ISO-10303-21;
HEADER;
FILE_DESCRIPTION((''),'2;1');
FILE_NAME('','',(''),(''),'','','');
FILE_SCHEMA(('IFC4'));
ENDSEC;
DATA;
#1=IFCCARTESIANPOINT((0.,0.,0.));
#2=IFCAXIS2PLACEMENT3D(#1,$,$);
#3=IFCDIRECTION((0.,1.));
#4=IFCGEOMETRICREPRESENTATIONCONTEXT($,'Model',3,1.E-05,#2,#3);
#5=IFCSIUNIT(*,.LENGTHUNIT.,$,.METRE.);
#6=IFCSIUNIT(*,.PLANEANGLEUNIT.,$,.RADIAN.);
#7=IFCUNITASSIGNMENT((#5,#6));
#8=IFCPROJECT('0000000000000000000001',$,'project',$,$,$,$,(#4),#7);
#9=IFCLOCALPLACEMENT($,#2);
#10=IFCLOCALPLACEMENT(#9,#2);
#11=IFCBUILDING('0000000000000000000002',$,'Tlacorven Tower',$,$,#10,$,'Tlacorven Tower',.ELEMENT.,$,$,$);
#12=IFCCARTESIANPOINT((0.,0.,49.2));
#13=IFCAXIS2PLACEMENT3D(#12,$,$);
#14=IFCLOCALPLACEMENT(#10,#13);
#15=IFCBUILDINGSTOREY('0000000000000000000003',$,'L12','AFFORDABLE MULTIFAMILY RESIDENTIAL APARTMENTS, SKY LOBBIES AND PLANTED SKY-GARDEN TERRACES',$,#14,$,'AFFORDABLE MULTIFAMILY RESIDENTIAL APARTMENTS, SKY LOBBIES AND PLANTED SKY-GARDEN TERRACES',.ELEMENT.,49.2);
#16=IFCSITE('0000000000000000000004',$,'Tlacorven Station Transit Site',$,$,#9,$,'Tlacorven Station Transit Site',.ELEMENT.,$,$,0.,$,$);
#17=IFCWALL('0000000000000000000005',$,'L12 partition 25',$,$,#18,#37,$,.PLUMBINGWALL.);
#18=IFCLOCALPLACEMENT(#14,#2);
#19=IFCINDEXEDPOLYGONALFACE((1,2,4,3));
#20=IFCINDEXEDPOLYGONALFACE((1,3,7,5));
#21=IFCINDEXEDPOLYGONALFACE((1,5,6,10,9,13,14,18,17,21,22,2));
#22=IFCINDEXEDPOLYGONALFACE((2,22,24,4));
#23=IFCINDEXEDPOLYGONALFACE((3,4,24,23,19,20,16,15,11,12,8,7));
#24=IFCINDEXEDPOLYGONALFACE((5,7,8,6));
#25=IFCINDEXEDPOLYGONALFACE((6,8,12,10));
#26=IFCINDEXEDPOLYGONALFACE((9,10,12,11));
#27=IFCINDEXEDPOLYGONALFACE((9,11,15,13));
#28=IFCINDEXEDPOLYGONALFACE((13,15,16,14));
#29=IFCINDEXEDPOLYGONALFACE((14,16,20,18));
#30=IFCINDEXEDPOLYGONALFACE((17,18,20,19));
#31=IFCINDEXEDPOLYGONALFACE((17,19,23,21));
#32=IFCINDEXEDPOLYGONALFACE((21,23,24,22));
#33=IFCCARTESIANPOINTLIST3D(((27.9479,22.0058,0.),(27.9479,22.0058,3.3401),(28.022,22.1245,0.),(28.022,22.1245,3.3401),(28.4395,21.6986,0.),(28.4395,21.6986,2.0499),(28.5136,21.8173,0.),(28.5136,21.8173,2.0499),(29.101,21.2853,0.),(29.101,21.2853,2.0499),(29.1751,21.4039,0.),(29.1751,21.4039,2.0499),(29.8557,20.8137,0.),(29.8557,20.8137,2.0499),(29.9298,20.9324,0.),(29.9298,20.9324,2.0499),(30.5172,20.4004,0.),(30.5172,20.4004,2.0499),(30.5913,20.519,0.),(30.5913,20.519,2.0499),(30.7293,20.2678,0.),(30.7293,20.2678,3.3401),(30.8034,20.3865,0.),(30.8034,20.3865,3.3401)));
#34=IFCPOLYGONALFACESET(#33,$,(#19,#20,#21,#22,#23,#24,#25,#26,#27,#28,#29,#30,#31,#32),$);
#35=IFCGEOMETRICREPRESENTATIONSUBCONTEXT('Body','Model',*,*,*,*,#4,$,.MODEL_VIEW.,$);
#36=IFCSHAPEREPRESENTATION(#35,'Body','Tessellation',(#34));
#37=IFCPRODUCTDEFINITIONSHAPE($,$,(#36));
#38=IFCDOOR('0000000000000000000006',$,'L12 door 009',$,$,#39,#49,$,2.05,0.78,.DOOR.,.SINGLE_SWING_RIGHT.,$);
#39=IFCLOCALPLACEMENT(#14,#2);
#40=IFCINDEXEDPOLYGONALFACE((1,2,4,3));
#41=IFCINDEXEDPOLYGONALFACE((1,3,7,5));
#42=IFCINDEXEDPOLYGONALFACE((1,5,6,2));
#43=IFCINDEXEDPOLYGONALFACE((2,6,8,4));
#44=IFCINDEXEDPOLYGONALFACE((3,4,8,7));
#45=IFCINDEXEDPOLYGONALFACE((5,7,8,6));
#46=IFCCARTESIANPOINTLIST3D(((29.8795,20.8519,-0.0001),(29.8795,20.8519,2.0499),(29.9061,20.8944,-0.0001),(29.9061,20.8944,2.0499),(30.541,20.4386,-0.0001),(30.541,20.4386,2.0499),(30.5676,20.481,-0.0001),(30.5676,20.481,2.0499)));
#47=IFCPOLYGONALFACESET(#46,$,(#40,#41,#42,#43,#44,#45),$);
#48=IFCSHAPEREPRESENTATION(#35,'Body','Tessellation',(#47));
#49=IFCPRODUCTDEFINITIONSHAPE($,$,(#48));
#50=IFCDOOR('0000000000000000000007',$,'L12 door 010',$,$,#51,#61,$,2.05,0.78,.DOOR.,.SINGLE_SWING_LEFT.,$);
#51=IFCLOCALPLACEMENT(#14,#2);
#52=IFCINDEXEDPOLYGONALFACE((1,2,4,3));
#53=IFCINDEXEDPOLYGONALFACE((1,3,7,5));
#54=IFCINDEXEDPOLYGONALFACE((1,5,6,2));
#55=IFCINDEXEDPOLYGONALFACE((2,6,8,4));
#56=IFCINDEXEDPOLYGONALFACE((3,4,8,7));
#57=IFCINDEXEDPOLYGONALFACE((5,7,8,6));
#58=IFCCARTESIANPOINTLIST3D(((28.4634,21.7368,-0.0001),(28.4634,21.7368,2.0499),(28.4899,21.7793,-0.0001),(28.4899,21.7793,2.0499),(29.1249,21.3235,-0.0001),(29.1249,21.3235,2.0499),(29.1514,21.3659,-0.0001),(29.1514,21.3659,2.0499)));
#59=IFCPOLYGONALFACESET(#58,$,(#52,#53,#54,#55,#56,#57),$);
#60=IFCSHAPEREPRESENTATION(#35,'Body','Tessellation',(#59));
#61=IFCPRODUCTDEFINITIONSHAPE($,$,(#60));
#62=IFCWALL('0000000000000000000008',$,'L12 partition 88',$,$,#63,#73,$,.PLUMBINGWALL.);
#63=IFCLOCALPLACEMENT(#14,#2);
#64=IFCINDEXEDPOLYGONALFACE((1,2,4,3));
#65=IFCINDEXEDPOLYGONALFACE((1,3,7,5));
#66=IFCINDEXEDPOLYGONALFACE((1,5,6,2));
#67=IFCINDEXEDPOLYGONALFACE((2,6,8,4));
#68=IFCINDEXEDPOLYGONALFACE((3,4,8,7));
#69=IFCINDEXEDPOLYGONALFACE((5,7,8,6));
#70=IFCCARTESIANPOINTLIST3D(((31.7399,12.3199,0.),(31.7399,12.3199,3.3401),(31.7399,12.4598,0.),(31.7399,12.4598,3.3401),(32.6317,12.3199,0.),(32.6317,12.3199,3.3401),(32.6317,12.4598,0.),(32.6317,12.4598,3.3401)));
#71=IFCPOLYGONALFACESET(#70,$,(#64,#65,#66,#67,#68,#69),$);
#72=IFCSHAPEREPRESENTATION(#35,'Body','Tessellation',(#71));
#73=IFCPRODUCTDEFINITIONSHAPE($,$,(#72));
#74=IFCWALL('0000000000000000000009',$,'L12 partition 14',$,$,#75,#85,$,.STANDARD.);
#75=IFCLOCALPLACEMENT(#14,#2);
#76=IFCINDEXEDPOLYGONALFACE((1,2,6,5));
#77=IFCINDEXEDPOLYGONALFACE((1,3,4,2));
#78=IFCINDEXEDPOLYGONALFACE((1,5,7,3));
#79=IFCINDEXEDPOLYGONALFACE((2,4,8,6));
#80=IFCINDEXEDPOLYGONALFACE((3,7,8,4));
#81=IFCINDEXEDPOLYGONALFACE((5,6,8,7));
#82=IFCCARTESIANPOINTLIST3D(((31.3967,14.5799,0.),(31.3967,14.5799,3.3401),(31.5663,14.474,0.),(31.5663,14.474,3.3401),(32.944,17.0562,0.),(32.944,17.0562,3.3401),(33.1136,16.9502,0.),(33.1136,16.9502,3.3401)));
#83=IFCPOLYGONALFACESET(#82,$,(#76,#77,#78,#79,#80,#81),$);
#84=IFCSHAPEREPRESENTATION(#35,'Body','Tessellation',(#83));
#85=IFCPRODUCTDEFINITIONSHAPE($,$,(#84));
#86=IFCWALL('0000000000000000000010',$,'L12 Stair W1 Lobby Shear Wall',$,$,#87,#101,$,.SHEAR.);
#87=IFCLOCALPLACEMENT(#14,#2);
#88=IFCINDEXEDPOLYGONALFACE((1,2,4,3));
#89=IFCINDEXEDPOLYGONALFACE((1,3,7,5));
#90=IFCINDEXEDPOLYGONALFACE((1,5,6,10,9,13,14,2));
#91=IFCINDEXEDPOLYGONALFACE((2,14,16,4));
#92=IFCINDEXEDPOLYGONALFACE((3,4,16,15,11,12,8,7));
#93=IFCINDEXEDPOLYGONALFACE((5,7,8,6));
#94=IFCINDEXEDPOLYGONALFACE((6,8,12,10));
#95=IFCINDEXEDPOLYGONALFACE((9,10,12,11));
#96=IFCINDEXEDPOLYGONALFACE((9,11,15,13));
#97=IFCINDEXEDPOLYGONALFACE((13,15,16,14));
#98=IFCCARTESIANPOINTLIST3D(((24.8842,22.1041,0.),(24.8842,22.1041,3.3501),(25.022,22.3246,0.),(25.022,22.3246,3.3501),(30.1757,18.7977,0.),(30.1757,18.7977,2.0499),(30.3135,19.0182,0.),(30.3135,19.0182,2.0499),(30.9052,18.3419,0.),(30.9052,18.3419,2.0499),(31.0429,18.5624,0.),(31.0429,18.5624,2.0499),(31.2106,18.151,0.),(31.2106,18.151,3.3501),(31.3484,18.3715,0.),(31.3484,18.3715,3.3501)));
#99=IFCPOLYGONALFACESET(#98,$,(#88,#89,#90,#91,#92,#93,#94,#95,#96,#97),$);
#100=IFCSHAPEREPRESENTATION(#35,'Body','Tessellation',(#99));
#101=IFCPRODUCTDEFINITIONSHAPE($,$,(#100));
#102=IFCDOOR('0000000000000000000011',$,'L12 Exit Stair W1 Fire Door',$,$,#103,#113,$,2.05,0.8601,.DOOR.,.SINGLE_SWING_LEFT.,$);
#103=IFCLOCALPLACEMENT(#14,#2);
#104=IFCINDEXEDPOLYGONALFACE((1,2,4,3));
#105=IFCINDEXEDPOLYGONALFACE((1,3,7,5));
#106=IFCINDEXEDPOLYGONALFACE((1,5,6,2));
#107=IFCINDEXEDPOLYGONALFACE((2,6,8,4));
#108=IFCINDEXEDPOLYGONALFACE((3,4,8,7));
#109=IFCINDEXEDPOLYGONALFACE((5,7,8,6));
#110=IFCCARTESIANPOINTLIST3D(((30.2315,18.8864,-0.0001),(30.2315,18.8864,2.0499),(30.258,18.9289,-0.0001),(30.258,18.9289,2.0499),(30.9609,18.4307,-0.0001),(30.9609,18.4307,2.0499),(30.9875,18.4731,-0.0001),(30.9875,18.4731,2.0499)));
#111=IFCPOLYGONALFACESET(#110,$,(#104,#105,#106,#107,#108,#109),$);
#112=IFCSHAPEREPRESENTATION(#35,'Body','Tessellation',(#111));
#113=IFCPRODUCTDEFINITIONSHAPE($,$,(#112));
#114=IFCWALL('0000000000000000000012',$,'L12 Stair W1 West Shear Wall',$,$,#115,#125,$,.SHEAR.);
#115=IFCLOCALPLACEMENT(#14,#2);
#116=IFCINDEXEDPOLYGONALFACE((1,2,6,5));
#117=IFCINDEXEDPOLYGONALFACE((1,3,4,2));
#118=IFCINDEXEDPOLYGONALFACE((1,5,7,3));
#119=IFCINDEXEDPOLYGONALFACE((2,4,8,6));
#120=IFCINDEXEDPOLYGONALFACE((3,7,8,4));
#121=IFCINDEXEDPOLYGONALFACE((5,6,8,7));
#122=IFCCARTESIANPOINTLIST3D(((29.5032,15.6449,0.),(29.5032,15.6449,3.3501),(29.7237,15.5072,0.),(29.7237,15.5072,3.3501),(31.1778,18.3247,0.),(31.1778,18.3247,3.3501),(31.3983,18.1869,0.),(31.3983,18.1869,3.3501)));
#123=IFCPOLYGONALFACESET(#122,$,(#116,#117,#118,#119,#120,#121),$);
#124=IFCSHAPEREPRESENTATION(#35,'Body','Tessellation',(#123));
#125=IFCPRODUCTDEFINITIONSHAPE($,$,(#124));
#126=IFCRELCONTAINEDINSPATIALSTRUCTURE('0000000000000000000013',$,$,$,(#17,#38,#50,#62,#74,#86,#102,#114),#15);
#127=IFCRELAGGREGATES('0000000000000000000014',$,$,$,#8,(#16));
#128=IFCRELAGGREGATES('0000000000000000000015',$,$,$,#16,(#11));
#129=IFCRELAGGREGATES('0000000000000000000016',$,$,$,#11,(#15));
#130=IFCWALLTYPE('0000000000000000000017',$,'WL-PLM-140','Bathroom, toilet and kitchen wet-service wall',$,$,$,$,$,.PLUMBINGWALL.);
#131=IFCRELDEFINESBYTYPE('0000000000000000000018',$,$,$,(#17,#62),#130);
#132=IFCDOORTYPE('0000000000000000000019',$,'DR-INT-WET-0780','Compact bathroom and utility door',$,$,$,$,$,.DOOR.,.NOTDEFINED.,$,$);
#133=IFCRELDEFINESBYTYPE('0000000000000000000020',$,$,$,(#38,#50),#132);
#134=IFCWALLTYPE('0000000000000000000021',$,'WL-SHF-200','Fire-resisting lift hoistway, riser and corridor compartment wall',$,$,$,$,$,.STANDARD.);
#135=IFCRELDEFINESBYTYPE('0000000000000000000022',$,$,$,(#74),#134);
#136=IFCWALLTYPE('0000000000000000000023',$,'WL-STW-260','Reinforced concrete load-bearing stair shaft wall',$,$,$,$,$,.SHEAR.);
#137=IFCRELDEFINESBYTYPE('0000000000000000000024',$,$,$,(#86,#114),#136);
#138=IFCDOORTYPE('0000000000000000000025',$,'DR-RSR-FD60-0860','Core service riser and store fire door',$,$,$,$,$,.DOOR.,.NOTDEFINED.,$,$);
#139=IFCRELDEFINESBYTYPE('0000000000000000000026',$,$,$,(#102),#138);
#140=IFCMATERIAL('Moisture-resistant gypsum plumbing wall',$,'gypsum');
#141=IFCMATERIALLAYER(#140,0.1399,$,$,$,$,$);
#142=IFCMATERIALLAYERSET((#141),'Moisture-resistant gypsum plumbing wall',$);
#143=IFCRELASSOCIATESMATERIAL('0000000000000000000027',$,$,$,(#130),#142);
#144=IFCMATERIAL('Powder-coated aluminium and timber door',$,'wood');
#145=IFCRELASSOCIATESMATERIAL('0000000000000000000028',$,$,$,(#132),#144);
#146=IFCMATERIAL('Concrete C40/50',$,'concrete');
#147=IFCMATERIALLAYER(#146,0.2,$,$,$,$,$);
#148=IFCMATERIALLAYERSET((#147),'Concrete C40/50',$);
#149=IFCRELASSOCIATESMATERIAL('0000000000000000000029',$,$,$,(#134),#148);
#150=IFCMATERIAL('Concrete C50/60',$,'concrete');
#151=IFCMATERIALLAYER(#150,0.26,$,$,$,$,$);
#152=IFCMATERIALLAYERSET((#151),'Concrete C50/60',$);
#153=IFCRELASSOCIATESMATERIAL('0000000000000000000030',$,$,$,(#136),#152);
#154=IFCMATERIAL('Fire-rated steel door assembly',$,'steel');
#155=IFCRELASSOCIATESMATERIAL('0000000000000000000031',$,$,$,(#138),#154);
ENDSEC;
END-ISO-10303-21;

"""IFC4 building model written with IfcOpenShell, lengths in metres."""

from ifc_helpers import new_model, si_unit, direction, frame, frame_2d, origin, place, context, subcontext, project, spatial, rectangle, extrude, source, transform, mapped, material, layer, layer_set, type_object, element, fill, save


model = new_model("IFC4")

# Units and contexts
model_context = context("Model", 3, precision=1e-05, world=origin(), true_north=direction((0.0, 1.0)))
body_context = subcontext(model_context, "Body", "Model", "MODEL_VIEW")
ifc_project = project(units=[si_unit("LENGTHUNIT", "METRE"), si_unit("PLANEANGLEUNIT", "RADIAN")], contexts=[model_context])

# Site, building, storey
site_placement = place(None, origin())
site = spatial("IfcSite", under=ifc_project, at=site_placement, Name="Tlacorven Station Transit Site", LongName="Tlacorven Station Transit Site", CompositionType="ELEMENT", RefElevation=0.0)
building_placement = place(site_placement, origin())
building = spatial("IfcBuilding", under=site, at=building_placement, Name="Tlacorven Tower", LongName="Tlacorven Tower", CompositionType="ELEMENT")
storey_placement = place(building_placement, frame((0.0, 0.0, 49.2)))
storey = spatial("IfcBuildingStorey", under=building, at=storey_placement, Name="L12", Description="AFFORDABLE MULTIFAMILY RESIDENTIAL APARTMENTS, SKY LOBBIES AND PLANTED SKY-GARDEN TERRACES", LongName="AFFORDABLE MULTIFAMILY RESIDENTIAL APARTMENTS, SKY LOBBIES AND PLANTED SKY-GARDEN TERRACES", CompositionType="ELEMENT", Elevation=49.2)

# Shared definitions
ifc_material_1 = material(Name="Fire-rated steel door assembly", Category="steel")

# Wall, openings, doors
ifc_material_2 = material(Name="Moisture-resistant gypsum plumbing wall", Category="gypsum")
ifc_layer_1 = layer(ifc_material_2, 0.1399)
ifc_layer_set_1 = layer_set([ifc_layer_1], Name="Moisture-resistant gypsum plumbing wall")
wall_type_1 = type_object("IfcWallType", Name="WL-PLM-140", Description="Bathroom, toilet and kitchen wet-service wall", PredefinedType="PLUMBINGWALL", material=ifc_layer_set_1)
wall_1_placement = place(storey_placement, frame((30.7664, 20.3271, 0.0), z_axis=(0.0, 0.0, 1.0), x_axis=(-0.848053, 0.529912, 0.0)))
wall_1 = element("IfcWall", 1, at=wall_1_placement, inside=storey, type_object=wall_type_1, Name="L12 partition 25", PredefinedType="PLUMBINGWALL", context=body_context, shape_type="SweptSolid", body=[
    extrude(rectangle(XDim=3.2798, YDim=0.1399, at=frame_2d((1.6399, 0.0))), origin(), (0.0, 0.0, 1.0), 3.3401),
])
opening_1_placement = place(wall_1_placement, frame((0.25, 0.0, 0.0)))
opening_1 = element("IfcOpeningElement", 2, at=opening_1_placement, cuts=wall_1, PredefinedType="OPENING", context=body_context, shape_type="SweptSolid", body=[
    extrude(rectangle(XDim=0.78, YDim=2.05, at=frame_2d((0.3901, 1.0249))), frame((0.0, 0.0801, 0.0), z_axis=(0.0, -1.0, 0.0), x_axis=(1.0, 0.0, 0.0)), (0.0, 0.0, 1.0), 0.1599),
])
opening_2_placement = place(wall_1_placement, frame((1.9199, 0.0, 0.0)))
opening_2 = element("IfcOpeningElement", 3, at=opening_2_placement, cuts=wall_1, PredefinedType="OPENING", context=body_context, shape_type="SweptSolid", body=[
    extrude(rectangle(XDim=0.78, YDim=2.05, at=frame_2d((0.3901, 1.0249))), frame((0.0, 0.0801, 0.0), z_axis=(0.0, -1.0, 0.0), x_axis=(1.0, 0.0, 0.0)), (0.0, 0.0, 1.0), 0.1599),
])
ifc_material_3 = material(Name="Powder-coated aluminium and timber door", Category="wood")
door_type_1 = type_object("IfcDoorType", Name="DR-INT-WET-0780", Description="Compact bathroom and utility door", OperationType="NOTDEFINED", PredefinedType="DOOR", material=ifc_material_3)
shared_shape_1 = source(origin(), body_context, "Body", "SweptSolid", [
    extrude(rectangle(XDim=0.78, YDim=2.05, at=frame_2d((0.3901, 1.0249))), frame((0.0, 0.0249, 0.0), z_axis=(0.0, -1.0, 0.0), x_axis=(1.0, 0.0, 0.0)), (0.0, 0.0, 1.0), 0.05),
])
door_1_placement = place(opening_1_placement, origin())
door_1 = element("IfcDoor", 4, at=door_1_placement, inside=storey, type_object=door_type_1, Name="L12 door 009", OperationType="SINGLE_SWING_RIGHT", OverallHeight=2.05, OverallWidth=0.78, PredefinedType="DOOR", context=body_context, shape_type="MappedRepresentation", body=[
    mapped(shared_shape_1, transform((0.0, 0.0, 0.0), scale=1.0)),
])
fill(opening_1, door_1)
door_2_placement = place(opening_2_placement, origin())
door_2 = element("IfcDoor", 5, at=door_2_placement, inside=storey, type_object=door_type_1, Name="L12 door 010", OperationType="SINGLE_SWING_LEFT", OverallHeight=2.05, OverallWidth=0.78, PredefinedType="DOOR", context=body_context, shape_type="MappedRepresentation", body=[
    mapped(shared_shape_1, transform((0.0, 0.0, 0.0), scale=1.0)),
])
fill(opening_2, door_2)

# Walls
wall_2_placement = place(storey_placement, frame((31.74, 12.3899, 0.0), z_axis=(0.0, 0.0, 1.0), x_axis=(1.0, 0.0, 0.0)))
element("IfcWall", 6, at=wall_2_placement, inside=storey, type_object=wall_type_1, Name="L12 partition 88", PredefinedType="PLUMBINGWALL", context=body_context, shape_type="SweptSolid", body=[
    extrude(rectangle(XDim=0.8918, YDim=0.1399, at=frame_2d((0.4458, 0.0))), origin(), (0.0, 0.0, 1.0), 3.3401),
])
ifc_material_4 = material(Name="Concrete C40/50", Category="concrete")
ifc_layer_2 = layer(ifc_material_4, 0.2)
ifc_layer_set_2 = layer_set([ifc_layer_2], Name="Concrete C40/50")
wall_type_2 = type_object("IfcWallType", Name="WL-SHF-200", Description="Fire-resisting lift hoistway, riser and corridor compartment wall", PredefinedType="STANDARD", material=ifc_layer_set_2)
wall_3_placement = place(storey_placement, frame((33.0288, 17.0032, 0.0), z_axis=(0.0, 0.0, 1.0), x_axis=(-0.529916, -0.84805, 0.0)))
element("IfcWall", 7, at=wall_3_placement, inside=storey, type_object=wall_type_2, Name="L12 partition 14", PredefinedType="STANDARD", context=body_context, shape_type="SweptSolid", body=[
    extrude(rectangle(XDim=2.9199, YDim=0.2, at=frame_2d((1.46, 0.0))), origin(), (0.0, 0.0, 1.0), 3.3401),
])

# Wall, opening, door
ifc_material_5 = material(Name="Concrete C50/60", Category="concrete")
ifc_layer_3 = layer(ifc_material_5, 0.26)
ifc_layer_set_3 = layer_set([ifc_layer_3], Name="Concrete C50/60")
wall_type_3 = type_object("IfcWallType", Name="WL-STW-260", Description="Reinforced concrete load-bearing stair shaft wall", PredefinedType="SHEAR", material=ifc_layer_set_3)
wall_4_placement = place(storey_placement, frame((31.2795, 18.2612, 0.0), z_axis=(0.0, 0.0, 1.0), x_axis=(-0.848052, 0.529914, 0.0)))
wall_4 = element("IfcWall", 8, at=wall_4_placement, inside=storey, type_object=wall_type_3, Name="L12 Stair W1 Lobby Shear Wall", PredefinedType="SHEAR", context=body_context, shape_type="SweptSolid", body=[
    extrude(rectangle(XDim=7.46, YDim=0.26, at=frame_2d((3.73, 0.0))), origin(), (0.0, 0.0, 1.0), 3.3501),
])
opening_3_placement = place(wall_4_placement, frame((0.3601, 0.0, 0.0)))
opening_3 = element("IfcOpeningElement", 9, at=opening_3_placement, cuts=wall_4, PredefinedType="OPENING", context=body_context, shape_type="SweptSolid", body=[
    extrude(rectangle(XDim=0.8601, YDim=2.05, at=frame_2d((0.4302, 1.0249))), frame((0.0, 0.1401, 0.0), z_axis=(0.0, -1.0, 0.0), x_axis=(1.0, 0.0, 0.0)), (0.0, 0.0, 1.0), 0.28),
])
door_type_2 = type_object("IfcDoorType", Name="DR-RSR-FD60-0860", Description="Core service riser and store fire door", OperationType="NOTDEFINED", PredefinedType="DOOR", material=ifc_material_1)
shared_shape_2 = source(origin(), body_context, "Body", "SweptSolid", [
    extrude(rectangle(XDim=0.8601, YDim=2.05, at=frame_2d((0.4302, 1.0249))), frame((0.0, 0.0249, 0.0), z_axis=(0.0, -1.0, 0.0), x_axis=(1.0, 0.0, 0.0)), (0.0, 0.0, 1.0), 0.05),
])
door_3_placement = place(opening_3_placement, frame((0.8601, 0.0, 0.0), z_axis=(0.0, 0.0, 1.0), x_axis=(-1.0, 0.0, 0.0)))
door_3 = element("IfcDoor", 10, at=door_3_placement, inside=storey, type_object=door_type_2, Name="L12 Exit Stair W1 Fire Door", OperationType="SINGLE_SWING_LEFT", OverallHeight=2.05, OverallWidth=0.8601, PredefinedType="DOOR", context=body_context, shape_type="MappedRepresentation", body=[
    mapped(shared_shape_2, transform((0.0, 0.0, 0.0), scale=1.0)),
])
fill(opening_3, door_3)

# Wall
wall_5_placement = place(storey_placement, frame((31.2881, 18.2559, 0.0), z_axis=(0.0, 0.0, 1.0), x_axis=(-0.529943, -0.848033, 0.0)))
element("IfcWall", 11, at=wall_5_placement, inside=storey, type_object=wall_type_3, Name="L12 Stair W1 West Shear Wall", PredefinedType="SHEAR", context=body_context, shape_type="SweptSolid", body=[
    extrude(rectangle(XDim=3.1599, YDim=0.26, at=frame_2d((1.5801, 0.0))), origin(), (0.0, 0.0, 1.0), 3.3501),
])

save(model, "model.ifc")
